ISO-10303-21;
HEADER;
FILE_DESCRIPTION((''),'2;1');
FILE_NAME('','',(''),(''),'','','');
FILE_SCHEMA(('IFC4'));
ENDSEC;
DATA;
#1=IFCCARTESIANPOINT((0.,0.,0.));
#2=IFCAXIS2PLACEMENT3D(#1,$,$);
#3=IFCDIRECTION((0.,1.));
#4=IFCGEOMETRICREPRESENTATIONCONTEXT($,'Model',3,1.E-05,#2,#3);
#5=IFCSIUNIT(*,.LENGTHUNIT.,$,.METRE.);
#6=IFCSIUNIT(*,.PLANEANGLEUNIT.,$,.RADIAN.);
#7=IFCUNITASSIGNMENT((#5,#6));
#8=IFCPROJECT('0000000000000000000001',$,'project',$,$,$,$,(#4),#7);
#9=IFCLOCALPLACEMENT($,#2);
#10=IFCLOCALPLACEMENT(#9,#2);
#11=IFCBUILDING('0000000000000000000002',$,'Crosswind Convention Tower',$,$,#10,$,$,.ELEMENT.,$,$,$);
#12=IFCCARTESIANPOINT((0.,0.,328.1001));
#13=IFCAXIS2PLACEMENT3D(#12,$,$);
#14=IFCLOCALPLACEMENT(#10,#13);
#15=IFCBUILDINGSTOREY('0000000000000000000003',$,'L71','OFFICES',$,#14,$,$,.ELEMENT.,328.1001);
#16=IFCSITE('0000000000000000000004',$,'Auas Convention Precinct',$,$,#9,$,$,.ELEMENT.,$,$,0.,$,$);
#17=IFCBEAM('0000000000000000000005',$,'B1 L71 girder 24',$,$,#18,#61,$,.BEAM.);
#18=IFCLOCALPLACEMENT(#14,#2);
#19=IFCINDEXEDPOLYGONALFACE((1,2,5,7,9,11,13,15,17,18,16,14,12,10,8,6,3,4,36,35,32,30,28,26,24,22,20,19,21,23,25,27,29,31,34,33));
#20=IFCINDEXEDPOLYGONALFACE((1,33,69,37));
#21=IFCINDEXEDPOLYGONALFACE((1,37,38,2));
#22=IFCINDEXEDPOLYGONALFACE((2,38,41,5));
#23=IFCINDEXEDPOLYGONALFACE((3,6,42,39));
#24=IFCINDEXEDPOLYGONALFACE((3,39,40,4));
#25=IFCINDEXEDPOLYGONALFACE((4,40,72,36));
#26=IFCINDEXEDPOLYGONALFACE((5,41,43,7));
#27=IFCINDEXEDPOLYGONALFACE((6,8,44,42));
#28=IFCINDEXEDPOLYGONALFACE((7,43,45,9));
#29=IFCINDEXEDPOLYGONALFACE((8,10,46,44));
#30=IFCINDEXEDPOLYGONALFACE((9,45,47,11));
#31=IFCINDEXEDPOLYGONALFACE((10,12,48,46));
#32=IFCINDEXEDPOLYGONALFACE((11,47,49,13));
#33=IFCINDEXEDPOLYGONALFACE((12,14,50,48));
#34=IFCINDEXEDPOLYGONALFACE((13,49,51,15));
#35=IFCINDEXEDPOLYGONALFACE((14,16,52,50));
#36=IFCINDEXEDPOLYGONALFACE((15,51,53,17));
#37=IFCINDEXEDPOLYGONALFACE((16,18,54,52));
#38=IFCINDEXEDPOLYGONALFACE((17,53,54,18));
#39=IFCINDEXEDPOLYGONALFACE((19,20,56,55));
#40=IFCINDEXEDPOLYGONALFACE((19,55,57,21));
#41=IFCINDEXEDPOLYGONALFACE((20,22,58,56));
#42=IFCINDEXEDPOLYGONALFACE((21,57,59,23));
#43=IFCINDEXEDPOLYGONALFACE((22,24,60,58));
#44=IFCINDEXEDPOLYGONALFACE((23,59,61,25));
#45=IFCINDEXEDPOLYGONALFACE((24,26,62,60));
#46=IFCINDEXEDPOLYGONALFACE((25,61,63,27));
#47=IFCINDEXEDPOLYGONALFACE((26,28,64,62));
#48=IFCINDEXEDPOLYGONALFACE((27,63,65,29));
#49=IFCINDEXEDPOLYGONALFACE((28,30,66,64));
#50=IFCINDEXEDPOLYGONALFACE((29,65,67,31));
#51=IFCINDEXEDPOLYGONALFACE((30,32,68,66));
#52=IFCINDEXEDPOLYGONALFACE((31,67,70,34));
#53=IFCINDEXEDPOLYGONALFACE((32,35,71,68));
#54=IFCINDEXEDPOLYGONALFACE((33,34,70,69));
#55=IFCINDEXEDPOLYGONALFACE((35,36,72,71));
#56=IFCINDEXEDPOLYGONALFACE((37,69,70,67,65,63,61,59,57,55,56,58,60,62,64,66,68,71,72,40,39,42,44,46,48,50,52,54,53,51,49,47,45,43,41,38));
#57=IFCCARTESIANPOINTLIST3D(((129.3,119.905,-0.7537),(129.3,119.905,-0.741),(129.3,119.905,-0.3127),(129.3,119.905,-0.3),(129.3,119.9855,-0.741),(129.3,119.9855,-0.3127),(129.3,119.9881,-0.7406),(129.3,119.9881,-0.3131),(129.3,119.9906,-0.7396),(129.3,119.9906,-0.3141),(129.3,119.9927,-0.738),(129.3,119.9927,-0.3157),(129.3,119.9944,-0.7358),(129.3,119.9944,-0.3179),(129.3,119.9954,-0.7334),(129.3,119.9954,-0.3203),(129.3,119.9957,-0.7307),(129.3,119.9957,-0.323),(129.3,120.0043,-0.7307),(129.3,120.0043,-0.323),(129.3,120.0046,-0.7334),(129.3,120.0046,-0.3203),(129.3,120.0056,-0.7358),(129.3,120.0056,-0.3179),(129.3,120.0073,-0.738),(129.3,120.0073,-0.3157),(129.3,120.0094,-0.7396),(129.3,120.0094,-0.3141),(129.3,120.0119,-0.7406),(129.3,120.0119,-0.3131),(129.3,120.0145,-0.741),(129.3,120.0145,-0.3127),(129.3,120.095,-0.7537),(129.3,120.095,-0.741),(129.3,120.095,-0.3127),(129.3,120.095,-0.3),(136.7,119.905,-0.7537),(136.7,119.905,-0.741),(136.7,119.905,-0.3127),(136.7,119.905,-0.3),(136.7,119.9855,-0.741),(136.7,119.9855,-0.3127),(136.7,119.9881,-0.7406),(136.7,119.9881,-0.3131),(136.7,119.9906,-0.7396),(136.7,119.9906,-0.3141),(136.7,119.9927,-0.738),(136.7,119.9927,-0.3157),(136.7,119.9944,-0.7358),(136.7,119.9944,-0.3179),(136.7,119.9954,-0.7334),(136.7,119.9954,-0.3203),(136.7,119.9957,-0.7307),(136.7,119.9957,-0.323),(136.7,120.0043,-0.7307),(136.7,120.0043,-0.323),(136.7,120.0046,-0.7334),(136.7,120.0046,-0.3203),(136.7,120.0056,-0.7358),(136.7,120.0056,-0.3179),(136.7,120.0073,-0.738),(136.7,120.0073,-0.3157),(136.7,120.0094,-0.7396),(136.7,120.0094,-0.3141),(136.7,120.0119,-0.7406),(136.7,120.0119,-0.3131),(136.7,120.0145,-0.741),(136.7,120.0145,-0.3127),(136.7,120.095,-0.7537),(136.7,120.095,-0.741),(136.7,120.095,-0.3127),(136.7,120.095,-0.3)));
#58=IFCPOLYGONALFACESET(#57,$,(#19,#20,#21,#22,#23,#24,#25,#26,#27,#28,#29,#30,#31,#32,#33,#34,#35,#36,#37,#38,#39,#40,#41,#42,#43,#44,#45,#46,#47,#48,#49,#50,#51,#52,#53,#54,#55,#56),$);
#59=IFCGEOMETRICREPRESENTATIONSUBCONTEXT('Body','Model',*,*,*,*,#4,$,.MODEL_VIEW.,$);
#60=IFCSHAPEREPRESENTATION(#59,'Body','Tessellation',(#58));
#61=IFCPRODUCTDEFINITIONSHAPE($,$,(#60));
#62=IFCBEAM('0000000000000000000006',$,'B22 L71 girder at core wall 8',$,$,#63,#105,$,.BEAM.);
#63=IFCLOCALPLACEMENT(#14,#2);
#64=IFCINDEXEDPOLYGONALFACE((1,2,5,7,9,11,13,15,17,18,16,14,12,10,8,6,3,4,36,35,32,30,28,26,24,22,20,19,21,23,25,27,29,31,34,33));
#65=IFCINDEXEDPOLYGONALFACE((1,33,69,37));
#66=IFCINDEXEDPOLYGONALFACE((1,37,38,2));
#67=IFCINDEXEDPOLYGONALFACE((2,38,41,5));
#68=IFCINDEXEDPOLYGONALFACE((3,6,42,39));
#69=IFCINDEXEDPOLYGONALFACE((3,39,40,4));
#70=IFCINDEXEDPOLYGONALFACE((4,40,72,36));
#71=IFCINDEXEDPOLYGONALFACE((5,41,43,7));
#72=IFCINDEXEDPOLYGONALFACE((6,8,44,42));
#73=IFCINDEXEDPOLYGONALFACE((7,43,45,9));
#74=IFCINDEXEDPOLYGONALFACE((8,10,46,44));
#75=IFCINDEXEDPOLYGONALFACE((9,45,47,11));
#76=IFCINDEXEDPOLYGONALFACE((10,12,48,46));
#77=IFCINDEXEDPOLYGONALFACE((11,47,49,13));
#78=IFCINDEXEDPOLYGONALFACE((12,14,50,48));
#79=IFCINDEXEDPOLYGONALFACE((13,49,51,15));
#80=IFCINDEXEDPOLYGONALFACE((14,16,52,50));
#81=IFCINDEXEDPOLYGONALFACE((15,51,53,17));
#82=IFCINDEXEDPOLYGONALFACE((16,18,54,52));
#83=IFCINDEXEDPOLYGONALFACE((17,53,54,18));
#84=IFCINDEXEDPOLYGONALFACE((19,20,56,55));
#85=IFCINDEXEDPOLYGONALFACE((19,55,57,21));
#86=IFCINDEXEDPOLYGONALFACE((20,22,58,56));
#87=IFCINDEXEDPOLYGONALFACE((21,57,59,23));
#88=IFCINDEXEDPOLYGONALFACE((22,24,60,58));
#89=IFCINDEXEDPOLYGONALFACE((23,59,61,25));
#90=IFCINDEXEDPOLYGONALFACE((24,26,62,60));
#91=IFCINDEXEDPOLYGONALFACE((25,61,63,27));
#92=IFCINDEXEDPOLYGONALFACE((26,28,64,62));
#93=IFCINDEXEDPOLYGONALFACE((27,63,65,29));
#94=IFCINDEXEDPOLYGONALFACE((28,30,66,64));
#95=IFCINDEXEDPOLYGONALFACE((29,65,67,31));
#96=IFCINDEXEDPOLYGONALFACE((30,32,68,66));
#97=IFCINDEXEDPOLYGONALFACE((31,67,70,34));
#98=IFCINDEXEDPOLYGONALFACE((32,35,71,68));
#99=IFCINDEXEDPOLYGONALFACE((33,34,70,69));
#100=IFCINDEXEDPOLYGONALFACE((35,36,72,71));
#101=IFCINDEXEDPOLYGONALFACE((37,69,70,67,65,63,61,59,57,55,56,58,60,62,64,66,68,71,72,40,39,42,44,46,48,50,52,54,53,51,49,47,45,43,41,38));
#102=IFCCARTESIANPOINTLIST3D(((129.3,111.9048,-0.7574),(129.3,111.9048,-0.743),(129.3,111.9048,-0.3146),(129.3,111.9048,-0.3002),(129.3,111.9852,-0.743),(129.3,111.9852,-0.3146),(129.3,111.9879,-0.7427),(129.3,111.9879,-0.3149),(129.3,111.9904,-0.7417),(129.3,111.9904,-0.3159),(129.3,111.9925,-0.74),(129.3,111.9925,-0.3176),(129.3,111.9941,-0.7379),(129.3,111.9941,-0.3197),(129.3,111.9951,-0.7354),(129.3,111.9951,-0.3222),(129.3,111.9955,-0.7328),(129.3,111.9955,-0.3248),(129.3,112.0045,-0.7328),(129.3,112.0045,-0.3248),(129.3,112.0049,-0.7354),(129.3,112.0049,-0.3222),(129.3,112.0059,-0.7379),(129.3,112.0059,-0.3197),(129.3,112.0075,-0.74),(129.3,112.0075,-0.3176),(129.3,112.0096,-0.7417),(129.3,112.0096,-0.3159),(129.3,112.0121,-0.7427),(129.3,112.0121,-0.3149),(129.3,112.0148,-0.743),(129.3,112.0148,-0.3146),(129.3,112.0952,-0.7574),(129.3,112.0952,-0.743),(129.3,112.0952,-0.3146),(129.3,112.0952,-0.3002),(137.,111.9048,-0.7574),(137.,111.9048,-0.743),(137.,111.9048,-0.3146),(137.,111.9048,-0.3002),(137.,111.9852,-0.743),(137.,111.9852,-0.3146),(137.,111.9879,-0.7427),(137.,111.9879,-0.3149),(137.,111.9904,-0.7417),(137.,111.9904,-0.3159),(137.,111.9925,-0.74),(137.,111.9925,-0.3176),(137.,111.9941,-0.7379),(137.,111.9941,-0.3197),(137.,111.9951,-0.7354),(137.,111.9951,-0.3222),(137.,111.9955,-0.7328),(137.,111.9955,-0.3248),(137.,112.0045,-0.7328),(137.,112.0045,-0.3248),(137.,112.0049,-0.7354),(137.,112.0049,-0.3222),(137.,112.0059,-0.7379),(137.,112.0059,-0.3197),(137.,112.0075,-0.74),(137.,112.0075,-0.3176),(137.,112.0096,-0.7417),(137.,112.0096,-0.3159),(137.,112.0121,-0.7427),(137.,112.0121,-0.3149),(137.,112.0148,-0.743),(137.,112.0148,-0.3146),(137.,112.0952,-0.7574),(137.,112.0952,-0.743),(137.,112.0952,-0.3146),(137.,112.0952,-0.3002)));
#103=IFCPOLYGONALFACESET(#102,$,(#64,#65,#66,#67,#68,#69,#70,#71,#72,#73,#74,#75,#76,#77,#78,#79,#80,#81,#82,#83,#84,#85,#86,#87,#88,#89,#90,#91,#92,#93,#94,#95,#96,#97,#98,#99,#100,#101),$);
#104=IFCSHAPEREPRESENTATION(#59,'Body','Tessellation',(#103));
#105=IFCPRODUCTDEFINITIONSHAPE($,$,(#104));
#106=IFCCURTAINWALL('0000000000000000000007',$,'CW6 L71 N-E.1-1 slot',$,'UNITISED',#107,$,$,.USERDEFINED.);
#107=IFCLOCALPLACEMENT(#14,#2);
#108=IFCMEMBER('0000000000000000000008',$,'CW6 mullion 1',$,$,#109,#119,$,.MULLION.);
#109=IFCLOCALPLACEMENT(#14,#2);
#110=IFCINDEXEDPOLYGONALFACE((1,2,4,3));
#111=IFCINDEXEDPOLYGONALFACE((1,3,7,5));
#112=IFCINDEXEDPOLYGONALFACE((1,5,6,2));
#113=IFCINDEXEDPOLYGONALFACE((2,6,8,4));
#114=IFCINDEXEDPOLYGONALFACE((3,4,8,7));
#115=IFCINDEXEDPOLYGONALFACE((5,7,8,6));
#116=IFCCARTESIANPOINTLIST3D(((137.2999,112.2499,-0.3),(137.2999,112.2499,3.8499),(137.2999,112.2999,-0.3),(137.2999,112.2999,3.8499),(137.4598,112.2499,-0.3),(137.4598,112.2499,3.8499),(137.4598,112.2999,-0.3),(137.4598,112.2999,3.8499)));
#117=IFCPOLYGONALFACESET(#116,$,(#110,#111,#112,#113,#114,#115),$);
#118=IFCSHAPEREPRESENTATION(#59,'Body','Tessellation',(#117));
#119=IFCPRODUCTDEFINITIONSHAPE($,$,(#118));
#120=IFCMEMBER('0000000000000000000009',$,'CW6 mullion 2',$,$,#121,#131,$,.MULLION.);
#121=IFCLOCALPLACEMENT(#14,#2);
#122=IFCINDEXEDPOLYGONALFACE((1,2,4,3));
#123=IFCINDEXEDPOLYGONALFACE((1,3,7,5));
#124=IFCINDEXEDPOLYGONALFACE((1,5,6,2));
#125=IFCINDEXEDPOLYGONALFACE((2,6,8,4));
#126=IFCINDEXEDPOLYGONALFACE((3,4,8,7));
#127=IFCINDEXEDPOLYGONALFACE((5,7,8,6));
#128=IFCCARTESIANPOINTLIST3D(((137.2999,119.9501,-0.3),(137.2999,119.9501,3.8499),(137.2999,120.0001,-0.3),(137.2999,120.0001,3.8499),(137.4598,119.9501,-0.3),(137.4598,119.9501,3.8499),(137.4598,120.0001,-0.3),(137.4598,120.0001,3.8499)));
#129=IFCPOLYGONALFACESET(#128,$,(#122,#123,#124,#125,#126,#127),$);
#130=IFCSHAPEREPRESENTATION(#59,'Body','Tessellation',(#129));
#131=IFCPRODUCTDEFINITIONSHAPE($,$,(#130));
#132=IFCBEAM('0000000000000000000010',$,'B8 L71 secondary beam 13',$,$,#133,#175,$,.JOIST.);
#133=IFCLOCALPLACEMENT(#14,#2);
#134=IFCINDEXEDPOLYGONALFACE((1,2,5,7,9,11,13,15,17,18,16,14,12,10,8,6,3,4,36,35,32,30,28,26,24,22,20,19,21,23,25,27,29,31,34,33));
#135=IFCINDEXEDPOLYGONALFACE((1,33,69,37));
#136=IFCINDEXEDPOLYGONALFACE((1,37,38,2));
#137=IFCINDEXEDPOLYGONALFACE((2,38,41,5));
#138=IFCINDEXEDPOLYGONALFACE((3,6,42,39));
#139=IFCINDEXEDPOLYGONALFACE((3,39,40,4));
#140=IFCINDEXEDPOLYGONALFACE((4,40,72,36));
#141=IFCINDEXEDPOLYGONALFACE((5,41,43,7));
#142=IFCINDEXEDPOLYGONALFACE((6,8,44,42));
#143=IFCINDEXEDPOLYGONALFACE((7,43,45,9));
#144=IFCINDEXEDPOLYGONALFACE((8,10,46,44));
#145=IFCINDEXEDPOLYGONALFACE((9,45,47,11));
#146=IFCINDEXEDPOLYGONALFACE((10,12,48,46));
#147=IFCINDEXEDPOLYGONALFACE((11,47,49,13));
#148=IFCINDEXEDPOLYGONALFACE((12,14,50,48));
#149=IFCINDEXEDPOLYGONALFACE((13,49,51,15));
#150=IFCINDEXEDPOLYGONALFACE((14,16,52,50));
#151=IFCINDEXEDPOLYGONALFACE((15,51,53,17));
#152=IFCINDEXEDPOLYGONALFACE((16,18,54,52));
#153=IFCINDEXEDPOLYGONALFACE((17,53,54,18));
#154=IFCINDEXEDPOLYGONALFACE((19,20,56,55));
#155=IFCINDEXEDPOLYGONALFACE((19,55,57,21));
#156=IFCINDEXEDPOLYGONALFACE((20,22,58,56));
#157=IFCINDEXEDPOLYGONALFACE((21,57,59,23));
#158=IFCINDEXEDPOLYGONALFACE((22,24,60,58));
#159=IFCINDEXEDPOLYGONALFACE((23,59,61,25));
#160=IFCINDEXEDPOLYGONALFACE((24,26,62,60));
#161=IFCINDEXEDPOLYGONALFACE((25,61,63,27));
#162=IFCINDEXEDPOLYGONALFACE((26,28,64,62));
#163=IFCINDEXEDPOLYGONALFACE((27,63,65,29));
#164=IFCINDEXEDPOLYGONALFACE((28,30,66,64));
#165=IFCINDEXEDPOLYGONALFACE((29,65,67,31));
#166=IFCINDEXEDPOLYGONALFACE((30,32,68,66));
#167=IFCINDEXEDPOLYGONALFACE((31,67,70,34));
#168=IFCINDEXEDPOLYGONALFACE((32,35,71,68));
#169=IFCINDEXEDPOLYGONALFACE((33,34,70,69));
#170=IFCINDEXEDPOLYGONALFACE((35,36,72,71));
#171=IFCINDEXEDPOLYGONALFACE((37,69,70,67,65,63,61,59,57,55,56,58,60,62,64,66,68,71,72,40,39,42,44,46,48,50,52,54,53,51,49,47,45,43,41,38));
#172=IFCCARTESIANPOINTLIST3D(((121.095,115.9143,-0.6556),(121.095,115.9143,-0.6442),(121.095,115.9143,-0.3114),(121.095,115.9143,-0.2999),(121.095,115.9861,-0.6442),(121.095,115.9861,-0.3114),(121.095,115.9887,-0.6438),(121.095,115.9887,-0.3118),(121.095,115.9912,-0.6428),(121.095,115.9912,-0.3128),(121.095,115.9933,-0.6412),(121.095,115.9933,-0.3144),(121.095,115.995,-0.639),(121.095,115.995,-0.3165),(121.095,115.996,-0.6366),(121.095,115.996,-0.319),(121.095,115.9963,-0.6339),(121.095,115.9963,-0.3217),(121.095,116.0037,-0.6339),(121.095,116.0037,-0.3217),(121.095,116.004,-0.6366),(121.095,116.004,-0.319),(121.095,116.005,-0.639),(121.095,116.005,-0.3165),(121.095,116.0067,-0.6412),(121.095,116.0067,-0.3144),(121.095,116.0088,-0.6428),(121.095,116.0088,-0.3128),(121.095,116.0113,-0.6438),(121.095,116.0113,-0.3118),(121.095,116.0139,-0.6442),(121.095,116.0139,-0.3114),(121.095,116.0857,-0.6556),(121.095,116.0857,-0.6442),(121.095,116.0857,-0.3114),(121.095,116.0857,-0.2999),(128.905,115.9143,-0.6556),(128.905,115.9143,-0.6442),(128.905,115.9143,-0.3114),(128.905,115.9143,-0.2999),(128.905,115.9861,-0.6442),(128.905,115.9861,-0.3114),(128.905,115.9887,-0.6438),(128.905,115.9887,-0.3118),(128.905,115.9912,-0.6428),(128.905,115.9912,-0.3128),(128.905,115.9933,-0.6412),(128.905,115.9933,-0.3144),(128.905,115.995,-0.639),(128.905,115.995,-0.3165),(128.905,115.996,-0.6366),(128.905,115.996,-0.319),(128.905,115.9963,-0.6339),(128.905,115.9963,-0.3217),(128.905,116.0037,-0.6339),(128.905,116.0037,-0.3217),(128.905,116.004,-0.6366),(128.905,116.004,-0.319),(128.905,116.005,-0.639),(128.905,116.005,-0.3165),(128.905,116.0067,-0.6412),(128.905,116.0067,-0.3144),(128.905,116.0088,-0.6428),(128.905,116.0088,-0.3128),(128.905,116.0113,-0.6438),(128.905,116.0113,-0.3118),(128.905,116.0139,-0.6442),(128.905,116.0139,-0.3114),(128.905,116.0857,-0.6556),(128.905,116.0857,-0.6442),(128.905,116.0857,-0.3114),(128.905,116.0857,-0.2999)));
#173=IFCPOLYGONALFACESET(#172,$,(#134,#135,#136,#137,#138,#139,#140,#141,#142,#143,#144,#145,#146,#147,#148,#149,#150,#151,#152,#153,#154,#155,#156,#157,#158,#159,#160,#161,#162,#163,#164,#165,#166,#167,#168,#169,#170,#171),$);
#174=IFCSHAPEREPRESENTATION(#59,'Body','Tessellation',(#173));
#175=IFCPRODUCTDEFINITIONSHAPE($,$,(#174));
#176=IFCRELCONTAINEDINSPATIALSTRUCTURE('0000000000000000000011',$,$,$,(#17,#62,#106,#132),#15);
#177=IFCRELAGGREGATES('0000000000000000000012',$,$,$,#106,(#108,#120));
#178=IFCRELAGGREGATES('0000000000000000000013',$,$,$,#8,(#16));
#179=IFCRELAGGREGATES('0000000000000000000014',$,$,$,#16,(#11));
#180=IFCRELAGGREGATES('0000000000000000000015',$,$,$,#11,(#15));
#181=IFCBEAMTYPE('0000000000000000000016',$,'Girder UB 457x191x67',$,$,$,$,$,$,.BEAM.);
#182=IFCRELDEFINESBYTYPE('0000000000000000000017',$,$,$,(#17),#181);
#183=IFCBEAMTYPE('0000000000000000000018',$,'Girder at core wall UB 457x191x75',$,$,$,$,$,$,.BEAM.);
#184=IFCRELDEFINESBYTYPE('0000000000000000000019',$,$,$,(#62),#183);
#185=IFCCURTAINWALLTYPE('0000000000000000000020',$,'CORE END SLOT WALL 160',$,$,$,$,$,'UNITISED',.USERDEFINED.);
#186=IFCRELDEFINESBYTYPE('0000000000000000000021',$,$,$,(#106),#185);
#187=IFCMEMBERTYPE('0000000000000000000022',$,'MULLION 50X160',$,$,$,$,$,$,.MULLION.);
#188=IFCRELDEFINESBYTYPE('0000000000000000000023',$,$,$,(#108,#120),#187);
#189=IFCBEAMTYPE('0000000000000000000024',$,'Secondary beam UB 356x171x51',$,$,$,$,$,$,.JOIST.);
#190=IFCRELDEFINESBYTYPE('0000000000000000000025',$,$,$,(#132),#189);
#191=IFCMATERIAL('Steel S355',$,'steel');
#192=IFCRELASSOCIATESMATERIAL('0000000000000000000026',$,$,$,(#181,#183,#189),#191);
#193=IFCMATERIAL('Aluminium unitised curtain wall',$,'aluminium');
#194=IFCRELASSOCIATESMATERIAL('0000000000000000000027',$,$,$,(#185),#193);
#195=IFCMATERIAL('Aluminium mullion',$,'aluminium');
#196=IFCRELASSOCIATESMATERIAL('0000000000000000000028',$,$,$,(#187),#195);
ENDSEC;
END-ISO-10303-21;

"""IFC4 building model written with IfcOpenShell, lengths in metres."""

from ifc_helpers import new_model, si_unit, direction, frame, origin, origin_2d, place, context, subcontext, project, spatial, rectangle, i_section, extrude, material, material_profile, profile_set, type_object, element, aggregate, save


model = new_model("IFC4")

# Units and contexts
model_context = context("Model", 3, precision=1e-05, world=origin(), true_north=direction((0.0, 1.0)))
body_context = subcontext(model_context, "Body", "Model", "MODEL_VIEW")
ifc_project = project(units=[si_unit("LENGTHUNIT", "METRE"), si_unit("PLANEANGLEUNIT", "RADIAN")], contexts=[model_context])

# Site, building, storey
site_placement = place(None, origin())
site = spatial("IfcSite", under=ifc_project, at=site_placement, Name="Auas Convention Precinct", CompositionType="ELEMENT", RefElevation=0.0)
building_placement = place(site_placement, origin())
building = spatial("IfcBuilding", under=site, at=building_placement, Name="Crosswind Convention Tower", CompositionType="ELEMENT")
storey_placement = place(building_placement, frame((0.0, 0.0, 328.1001)))
storey = spatial("IfcBuildingStorey", under=building, at=storey_placement, Name="L71", Description="OFFICES", CompositionType="ELEMENT", Elevation=328.1001)

# Beams
ifc_material_1 = material(Name="Steel S355", Category="steel")
ifc_material_profile_1 = material_profile(ifc_material_1, i_section(OverallWidth=0.1899, OverallDepth=0.4536, WebThickness=0.0085, FlangeThickness=0.0127, FilletRadius=0.0103, at=origin_2d()), Name="UB 457x191x67")
ifc_profile_set_1 = profile_set([ifc_material_profile_1], Name="Steel S355")
beam_type_1 = type_object("IfcBeamType", Name="Girder UB 457x191x67", PredefinedType="BEAM", material=ifc_profile_set_1)
for number, where, z_axis, x_axis, name in (
    (1, (129.3, 120.0, -0.5269), (1.0, 0.0, 0.0), (0.0, 1.0, 0.0), "B1 L71 girder 24"),
):
    element("IfcBeam", number, at=place(storey_placement, frame(where, z_axis=z_axis, x_axis=x_axis)), inside=storey, type_object=beam_type_1, Name=name, PredefinedType="BEAM", context=body_context, shape_type="SweptSolid", body=[
        extrude(i_section(OverallWidth=0.1899, OverallDepth=0.4536, WebThickness=0.0085, FlangeThickness=0.0127, FilletRadius=0.0103, at=origin_2d()), origin(), (0.0, 0.0, 1.0), 7.3999),
    ])
ifc_material_profile_2 = material_profile(ifc_material_1, i_section(OverallWidth=0.1904, OverallDepth=0.4573, WebThickness=0.009, FlangeThickness=0.0144, FilletRadius=0.0103, at=origin_2d()), Name="UB 457x191x75")
ifc_profile_set_2 = profile_set([ifc_material_profile_2], Name="Steel S355")
beam_type_2 = type_object("IfcBeamType", Name="Girder at core wall UB 457x191x75", PredefinedType="BEAM", material=ifc_profile_set_2)
beam_1_placement = place(storey_placement, frame((129.3, 112.0, -0.5288), z_axis=(1.0, 0.0, 0.0), x_axis=(0.0, 1.0, 0.0)))
element("IfcBeam", 2, at=beam_1_placement, inside=storey, type_object=beam_type_2, Name="B22 L71 girder at core wall 8", PredefinedType="BEAM", context=body_context, shape_type="SweptSolid", body=[
    extrude(i_section(OverallWidth=0.1904, OverallDepth=0.4573, WebThickness=0.009, FlangeThickness=0.0144, FilletRadius=0.0103, at=origin_2d()), origin(), (0.0, 0.0, 1.0), 7.7),
])

# Curtain wall, members
ifc_material_2 = material(Name="Aluminium unitised curtain wall", Category="aluminium")
curtain_wall_type = type_object("IfcCurtainWallType", Name="CORE END SLOT WALL 160", ElementType="UNITISED", PredefinedType="USERDEFINED", material=ifc_material_2)
curtain_wall_placement = place(storey_placement, origin())
curtain_wall = element("IfcCurtainWall", 3, at=curtain_wall_placement, inside=storey, type_object=curtain_wall_type, Name="CW6 L71 N-E.1-1 slot", ObjectType="UNITISED", PredefinedType="USERDEFINED")
ifc_material_3 = material(Name="Aluminium mullion", Category="aluminium")
ifc_material_profile_3 = material_profile(ifc_material_3, rectangle(XDim=0.1599, YDim=0.05, at=origin_2d()), Name="AL 160X50")
ifc_profile_set_3 = profile_set([ifc_material_profile_3], Name="Aluminium mullion")
member_type_1 = type_object("IfcMemberType", Name="MULLION 50X160", PredefinedType="MULLION", material=ifc_profile_set_3)
member_1_placement = place(storey_placement, frame((137.3799, 112.2749, -0.3), z_axis=(0.0, 0.0, 1.0), x_axis=(1.0, 0.0, 0.0)))
member_1 = element("IfcMember", 4, at=member_1_placement, type_object=member_type_1, Name="CW6 mullion 1", PredefinedType="MULLION", context=body_context, shape_type="SweptSolid", body=[
    extrude(rectangle(XDim=0.1599, YDim=0.05, at=origin_2d()), origin(), (0.0, 0.0, 1.0), 4.1499),
])
member_2_placement = place(storey_placement, frame((137.3799, 119.9751, -0.3), z_axis=(0.0, 0.0, 1.0), x_axis=(1.0, 0.0, 0.0)))
member_2 = element("IfcMember", 5, at=member_2_placement, type_object=member_type_1, Name="CW6 mullion 2", PredefinedType="MULLION", context=body_context, shape_type="SweptSolid", body=[
    extrude(rectangle(XDim=0.1599, YDim=0.05, at=origin_2d()), origin(), (0.0, 0.0, 1.0), 4.1499),
])

# Beam
ifc_material_profile_4 = material_profile(ifc_material_1, i_section(OverallWidth=0.1714, OverallDepth=0.3557, WebThickness=0.0073, FlangeThickness=0.0115, FilletRadius=0.0103, at=origin_2d()), Name="UB 356x171x51")
ifc_profile_set_4 = profile_set([ifc_material_profile_4], Name="Steel S355")
beam_type_3 = type_object("IfcBeamType", Name="Secondary beam UB 356x171x51", PredefinedType="JOIST", material=ifc_profile_set_4)
for number, where, z_axis, x_axis, name in (
    (6, (121.095, 116.0, -0.4778), (1.0, 0.0, 0.0), (0.0, 1.0, 0.0), "B8 L71 secondary beam 13"),
):
    element("IfcBeam", number, at=place(storey_placement, frame(where, z_axis=z_axis, x_axis=x_axis)), inside=storey, type_object=beam_type_3, Name=name, PredefinedType="JOIST", context=body_context, shape_type="SweptSolid", body=[
        extrude(i_section(OverallWidth=0.1714, OverallDepth=0.3557, WebThickness=0.0073, FlangeThickness=0.0115, FilletRadius=0.0103, at=origin_2d()), origin(), (0.0, 0.0, 1.0), 7.8101),
    ])

aggregate(curtain_wall, [member_1, member_2])

save(model, "model.ifc")
